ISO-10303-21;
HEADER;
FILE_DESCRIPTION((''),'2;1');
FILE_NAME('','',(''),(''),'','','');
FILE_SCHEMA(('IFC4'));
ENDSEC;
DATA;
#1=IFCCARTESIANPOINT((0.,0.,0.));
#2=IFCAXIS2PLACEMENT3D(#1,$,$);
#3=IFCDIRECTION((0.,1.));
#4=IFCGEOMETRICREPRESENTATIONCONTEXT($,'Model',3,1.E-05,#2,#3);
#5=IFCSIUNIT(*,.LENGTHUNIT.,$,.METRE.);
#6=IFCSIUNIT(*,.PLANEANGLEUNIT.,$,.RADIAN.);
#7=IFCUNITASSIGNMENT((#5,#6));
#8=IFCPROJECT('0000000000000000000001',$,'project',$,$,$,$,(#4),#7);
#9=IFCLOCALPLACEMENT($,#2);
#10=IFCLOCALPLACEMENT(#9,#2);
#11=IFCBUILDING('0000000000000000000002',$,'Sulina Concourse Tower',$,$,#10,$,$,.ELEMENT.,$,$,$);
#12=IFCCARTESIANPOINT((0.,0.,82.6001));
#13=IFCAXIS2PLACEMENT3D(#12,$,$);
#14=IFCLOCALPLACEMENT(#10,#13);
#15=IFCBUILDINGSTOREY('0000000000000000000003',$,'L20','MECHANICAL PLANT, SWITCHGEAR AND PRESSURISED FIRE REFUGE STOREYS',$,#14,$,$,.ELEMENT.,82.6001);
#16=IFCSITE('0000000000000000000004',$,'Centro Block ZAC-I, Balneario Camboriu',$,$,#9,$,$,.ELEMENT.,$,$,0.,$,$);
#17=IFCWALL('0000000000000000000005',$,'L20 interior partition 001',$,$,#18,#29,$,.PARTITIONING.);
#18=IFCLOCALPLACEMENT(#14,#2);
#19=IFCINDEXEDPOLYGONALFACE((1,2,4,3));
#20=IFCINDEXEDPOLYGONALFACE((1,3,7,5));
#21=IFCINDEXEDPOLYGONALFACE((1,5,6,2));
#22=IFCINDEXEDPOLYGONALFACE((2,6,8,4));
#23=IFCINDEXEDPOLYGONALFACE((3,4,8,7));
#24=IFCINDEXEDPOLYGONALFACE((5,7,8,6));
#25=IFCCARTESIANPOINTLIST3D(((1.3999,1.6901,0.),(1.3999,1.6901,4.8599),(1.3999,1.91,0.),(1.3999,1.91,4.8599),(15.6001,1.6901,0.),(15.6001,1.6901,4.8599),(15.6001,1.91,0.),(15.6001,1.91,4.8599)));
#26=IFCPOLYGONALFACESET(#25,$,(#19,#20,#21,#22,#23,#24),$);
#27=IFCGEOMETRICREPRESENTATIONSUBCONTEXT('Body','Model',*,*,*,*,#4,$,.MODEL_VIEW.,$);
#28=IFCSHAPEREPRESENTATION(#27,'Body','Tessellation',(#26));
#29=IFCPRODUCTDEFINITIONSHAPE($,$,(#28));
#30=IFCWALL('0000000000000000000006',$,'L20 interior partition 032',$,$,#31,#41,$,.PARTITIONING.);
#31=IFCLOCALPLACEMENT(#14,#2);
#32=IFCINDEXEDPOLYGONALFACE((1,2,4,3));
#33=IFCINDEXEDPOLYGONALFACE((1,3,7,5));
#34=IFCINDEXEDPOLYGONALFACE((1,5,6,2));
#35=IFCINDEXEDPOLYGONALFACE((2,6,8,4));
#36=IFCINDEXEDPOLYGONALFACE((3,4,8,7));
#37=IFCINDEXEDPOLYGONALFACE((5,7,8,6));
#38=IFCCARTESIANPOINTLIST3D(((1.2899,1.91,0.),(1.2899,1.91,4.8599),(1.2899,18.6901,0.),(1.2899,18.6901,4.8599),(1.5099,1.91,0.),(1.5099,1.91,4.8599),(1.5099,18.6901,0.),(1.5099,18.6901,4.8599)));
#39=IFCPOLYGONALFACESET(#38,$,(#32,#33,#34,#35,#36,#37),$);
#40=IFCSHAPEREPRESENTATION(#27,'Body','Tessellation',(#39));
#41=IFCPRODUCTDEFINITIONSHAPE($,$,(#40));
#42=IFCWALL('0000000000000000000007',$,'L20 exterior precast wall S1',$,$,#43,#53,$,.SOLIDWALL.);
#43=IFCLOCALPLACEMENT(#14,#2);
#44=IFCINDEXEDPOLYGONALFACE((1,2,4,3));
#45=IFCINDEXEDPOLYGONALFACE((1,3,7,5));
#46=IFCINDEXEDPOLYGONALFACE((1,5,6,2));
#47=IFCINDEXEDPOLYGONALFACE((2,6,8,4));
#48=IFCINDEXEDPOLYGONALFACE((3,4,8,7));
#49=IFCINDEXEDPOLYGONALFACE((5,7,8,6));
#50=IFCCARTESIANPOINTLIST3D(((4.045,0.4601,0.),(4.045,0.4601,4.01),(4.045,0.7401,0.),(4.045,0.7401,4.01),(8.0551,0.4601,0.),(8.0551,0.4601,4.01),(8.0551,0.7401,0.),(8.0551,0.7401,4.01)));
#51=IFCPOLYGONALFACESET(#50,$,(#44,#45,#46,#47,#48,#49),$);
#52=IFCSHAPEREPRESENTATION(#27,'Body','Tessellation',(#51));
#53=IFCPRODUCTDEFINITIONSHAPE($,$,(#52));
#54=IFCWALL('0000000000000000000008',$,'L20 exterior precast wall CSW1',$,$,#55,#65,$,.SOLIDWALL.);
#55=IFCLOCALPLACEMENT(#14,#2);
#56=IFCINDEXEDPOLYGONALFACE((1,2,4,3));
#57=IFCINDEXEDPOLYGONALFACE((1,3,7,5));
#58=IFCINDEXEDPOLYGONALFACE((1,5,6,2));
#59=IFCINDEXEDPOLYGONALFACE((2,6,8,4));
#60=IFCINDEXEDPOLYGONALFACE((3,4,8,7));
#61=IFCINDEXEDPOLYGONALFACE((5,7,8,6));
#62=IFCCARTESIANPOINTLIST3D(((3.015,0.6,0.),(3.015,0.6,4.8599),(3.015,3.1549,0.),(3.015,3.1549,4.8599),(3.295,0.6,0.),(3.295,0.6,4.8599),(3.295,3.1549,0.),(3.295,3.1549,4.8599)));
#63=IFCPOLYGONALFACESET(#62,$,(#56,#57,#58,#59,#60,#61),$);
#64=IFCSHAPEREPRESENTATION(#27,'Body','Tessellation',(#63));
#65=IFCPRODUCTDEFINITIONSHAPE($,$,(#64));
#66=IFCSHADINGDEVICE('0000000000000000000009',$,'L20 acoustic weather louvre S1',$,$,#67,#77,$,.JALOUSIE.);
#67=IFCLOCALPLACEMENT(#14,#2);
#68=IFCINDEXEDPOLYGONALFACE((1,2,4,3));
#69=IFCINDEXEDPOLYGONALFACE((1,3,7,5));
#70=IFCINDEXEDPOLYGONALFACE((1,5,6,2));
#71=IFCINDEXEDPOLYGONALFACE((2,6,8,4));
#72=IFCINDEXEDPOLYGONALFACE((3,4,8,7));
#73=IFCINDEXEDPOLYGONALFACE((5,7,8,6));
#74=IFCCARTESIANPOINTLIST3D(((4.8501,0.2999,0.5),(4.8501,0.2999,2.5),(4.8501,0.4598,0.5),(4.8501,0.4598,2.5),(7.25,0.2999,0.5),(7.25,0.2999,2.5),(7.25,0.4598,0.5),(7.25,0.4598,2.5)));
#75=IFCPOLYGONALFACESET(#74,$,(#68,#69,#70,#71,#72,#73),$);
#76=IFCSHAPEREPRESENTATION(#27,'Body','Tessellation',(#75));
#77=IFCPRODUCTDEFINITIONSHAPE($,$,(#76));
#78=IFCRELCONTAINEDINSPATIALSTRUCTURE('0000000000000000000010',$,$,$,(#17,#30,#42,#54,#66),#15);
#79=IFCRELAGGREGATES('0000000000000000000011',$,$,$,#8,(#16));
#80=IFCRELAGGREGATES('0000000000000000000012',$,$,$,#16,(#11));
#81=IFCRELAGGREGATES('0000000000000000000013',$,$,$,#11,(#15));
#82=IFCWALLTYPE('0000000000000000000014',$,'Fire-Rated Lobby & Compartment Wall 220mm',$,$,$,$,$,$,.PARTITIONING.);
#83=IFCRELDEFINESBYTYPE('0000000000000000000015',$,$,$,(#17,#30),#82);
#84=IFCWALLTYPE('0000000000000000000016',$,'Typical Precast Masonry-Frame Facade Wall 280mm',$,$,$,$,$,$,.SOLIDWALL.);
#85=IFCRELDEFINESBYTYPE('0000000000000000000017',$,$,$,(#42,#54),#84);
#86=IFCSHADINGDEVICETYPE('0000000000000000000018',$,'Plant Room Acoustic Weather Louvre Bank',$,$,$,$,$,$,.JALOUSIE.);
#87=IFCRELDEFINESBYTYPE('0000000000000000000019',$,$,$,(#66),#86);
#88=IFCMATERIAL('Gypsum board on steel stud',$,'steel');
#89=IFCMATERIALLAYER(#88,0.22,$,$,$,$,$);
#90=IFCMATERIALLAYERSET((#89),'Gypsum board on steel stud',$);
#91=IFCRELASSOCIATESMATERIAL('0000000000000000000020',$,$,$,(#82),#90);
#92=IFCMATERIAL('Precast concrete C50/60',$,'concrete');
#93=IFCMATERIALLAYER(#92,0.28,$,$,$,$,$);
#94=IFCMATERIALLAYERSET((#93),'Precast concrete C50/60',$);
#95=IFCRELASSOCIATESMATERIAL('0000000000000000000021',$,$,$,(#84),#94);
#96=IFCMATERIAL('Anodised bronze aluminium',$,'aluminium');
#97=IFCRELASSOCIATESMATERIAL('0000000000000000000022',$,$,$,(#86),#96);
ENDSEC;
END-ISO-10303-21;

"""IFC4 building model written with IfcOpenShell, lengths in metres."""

from ifc_helpers import new_model, si_unit, direction, frame, frame_2d, origin, origin_2d, place, context, subcontext, project, spatial, rectangle, extrude, material, layer, layer_set, type_object, element, save


model = new_model("IFC4")

# Units and contexts
model_context = context("Model", 3, precision=1e-05, world=origin(), true_north=direction((0.0, 1.0)))
body_context = subcontext(model_context, "Body", "Model", "MODEL_VIEW")
ifc_project = project(units=[si_unit("LENGTHUNIT", "METRE"), si_unit("PLANEANGLEUNIT", "RADIAN")], contexts=[model_context])

# Site, building, storey
site_placement = place(None, origin())
site = spatial("IfcSite", under=ifc_project, at=site_placement, Name="Centro Block ZAC-I, Balneario Camboriu", CompositionType="ELEMENT", RefElevation=0.0)
building_placement = place(site_placement, origin())
building = spatial("IfcBuilding", under=site, at=building_placement, Name="Sulina Concourse Tower", CompositionType="ELEMENT")
storey_placement = place(building_placement, frame((0.0, 0.0, 82.6001)))
storey = spatial("IfcBuildingStorey", under=building, at=storey_placement, Name="L20", Description="MECHANICAL PLANT, SWITCHGEAR AND PRESSURISED FIRE REFUGE STOREYS", CompositionType="ELEMENT", Elevation=82.6001)

# Walls
ifc_material_1 = material(Name="Gypsum board on steel stud", Category="steel")
ifc_layer_1 = layer(ifc_material_1, 0.22)
ifc_layer_set_1 = layer_set([ifc_layer_1], Name="Gypsum board on steel stud")
wall_type_1 = type_object("IfcWallType", Name="Fire-Rated Lobby & Compartment Wall 220mm", PredefinedType="PARTITIONING", material=ifc_layer_set_1)
wall_1_placement = place(storey_placement, frame((1.3999, 1.8, 0.0), z_axis=(0.0, 0.0, 1.0), x_axis=(1.0, 0.0, 0.0)))
element("IfcWall", 1, at=wall_1_placement, inside=storey, type_object=wall_type_1, Name="L20 interior partition 001", PredefinedType="PARTITIONING", context=body_context, shape_type="SweptSolid", body=[
    extrude(rectangle(XDim=14.2002, YDim=0.22, at=frame_2d((7.1001, 0.0))), origin(), (0.0, 0.0, 1.0), 4.8599),
])
wall_2_placement = place(storey_placement, frame((1.3999, 1.9099, 0.0), z_axis=(0.0, 0.0, 1.0), x_axis=(0.0, 1.0, 0.0)))
element("IfcWall", 2, at=wall_2_placement, inside=storey, type_object=wall_type_1, Name="L20 interior partition 032", PredefinedType="PARTITIONING", context=body_context, shape_type="SweptSolid", body=[
    extrude(rectangle(XDim=16.78, YDim=0.22, at=frame_2d((8.3901, 0.0))), origin(), (0.0, 0.0, 1.0), 4.8599),
])
ifc_material_2 = material(Name="Precast concrete C50/60", Category="concrete")
ifc_layer_2 = layer(ifc_material_2, 0.28)
ifc_layer_set_2 = layer_set([ifc_layer_2], Name="Precast concrete C50/60")
wall_type_2 = type_object("IfcWallType", Name="Typical Precast Masonry-Frame Facade Wall 280mm", PredefinedType="SOLIDWALL", material=ifc_layer_set_2)
wall_3_placement = place(storey_placement, frame((8.0549, 0.6001, 0.0), z_axis=(0.0, 0.0, 1.0), x_axis=(-1.0, 0.0, 0.0)))
element("IfcWall", 3, at=wall_3_placement, inside=storey, type_object=wall_type_2, Name="L20 exterior precast wall S1", PredefinedType="SOLIDWALL", context=body_context, shape_type="SweptSolid", body=[
    extrude(rectangle(XDim=4.01, YDim=0.28, at=frame_2d((2.0049, 0.0))), origin(), (0.0, 0.0, 1.0), 4.01),
])
wall_4_placement = place(storey_placement, frame((3.155, 0.6001, 0.0), z_axis=(0.0, 0.0, 1.0), x_axis=(0.0, 1.0, 0.0)))
element("IfcWall", 4, at=wall_4_placement, inside=storey, type_object=wall_type_2, Name="L20 exterior precast wall CSW1", PredefinedType="SOLIDWALL", context=body_context, shape_type="SweptSolid", body=[
    extrude(rectangle(XDim=2.5549, YDim=0.28, at=frame_2d((1.2773, 0.0))), origin(), (0.0, 0.0, 1.0), 4.8599),
])

# Shading device
ifc_material_3 = material(Name="Anodised bronze aluminium", Category="aluminium")
shading_device_type = type_object("IfcShadingDeviceType", Name="Plant Room Acoustic Weather Louvre Bank", PredefinedType="JALOUSIE", material=ifc_material_3)
shading_device_placement = place(storey_placement, frame((6.05, 0.3799, 0.5), z_axis=(0.0, 0.0, 1.0), x_axis=(1.0, 0.0, 0.0)))
element("IfcShadingDevice", 5, at=shading_device_placement, inside=storey, type_object=shading_device_type, Name="L20 acoustic weather louvre S1", PredefinedType="JALOUSIE", context=body_context, shape_type="SweptSolid", body=[
    extrude(rectangle(XDim=2.3999, YDim=0.1599, at=origin_2d()), origin(), (0.0, 0.0, 1.0), 2.0),
])

save(model, "model.ifc")
